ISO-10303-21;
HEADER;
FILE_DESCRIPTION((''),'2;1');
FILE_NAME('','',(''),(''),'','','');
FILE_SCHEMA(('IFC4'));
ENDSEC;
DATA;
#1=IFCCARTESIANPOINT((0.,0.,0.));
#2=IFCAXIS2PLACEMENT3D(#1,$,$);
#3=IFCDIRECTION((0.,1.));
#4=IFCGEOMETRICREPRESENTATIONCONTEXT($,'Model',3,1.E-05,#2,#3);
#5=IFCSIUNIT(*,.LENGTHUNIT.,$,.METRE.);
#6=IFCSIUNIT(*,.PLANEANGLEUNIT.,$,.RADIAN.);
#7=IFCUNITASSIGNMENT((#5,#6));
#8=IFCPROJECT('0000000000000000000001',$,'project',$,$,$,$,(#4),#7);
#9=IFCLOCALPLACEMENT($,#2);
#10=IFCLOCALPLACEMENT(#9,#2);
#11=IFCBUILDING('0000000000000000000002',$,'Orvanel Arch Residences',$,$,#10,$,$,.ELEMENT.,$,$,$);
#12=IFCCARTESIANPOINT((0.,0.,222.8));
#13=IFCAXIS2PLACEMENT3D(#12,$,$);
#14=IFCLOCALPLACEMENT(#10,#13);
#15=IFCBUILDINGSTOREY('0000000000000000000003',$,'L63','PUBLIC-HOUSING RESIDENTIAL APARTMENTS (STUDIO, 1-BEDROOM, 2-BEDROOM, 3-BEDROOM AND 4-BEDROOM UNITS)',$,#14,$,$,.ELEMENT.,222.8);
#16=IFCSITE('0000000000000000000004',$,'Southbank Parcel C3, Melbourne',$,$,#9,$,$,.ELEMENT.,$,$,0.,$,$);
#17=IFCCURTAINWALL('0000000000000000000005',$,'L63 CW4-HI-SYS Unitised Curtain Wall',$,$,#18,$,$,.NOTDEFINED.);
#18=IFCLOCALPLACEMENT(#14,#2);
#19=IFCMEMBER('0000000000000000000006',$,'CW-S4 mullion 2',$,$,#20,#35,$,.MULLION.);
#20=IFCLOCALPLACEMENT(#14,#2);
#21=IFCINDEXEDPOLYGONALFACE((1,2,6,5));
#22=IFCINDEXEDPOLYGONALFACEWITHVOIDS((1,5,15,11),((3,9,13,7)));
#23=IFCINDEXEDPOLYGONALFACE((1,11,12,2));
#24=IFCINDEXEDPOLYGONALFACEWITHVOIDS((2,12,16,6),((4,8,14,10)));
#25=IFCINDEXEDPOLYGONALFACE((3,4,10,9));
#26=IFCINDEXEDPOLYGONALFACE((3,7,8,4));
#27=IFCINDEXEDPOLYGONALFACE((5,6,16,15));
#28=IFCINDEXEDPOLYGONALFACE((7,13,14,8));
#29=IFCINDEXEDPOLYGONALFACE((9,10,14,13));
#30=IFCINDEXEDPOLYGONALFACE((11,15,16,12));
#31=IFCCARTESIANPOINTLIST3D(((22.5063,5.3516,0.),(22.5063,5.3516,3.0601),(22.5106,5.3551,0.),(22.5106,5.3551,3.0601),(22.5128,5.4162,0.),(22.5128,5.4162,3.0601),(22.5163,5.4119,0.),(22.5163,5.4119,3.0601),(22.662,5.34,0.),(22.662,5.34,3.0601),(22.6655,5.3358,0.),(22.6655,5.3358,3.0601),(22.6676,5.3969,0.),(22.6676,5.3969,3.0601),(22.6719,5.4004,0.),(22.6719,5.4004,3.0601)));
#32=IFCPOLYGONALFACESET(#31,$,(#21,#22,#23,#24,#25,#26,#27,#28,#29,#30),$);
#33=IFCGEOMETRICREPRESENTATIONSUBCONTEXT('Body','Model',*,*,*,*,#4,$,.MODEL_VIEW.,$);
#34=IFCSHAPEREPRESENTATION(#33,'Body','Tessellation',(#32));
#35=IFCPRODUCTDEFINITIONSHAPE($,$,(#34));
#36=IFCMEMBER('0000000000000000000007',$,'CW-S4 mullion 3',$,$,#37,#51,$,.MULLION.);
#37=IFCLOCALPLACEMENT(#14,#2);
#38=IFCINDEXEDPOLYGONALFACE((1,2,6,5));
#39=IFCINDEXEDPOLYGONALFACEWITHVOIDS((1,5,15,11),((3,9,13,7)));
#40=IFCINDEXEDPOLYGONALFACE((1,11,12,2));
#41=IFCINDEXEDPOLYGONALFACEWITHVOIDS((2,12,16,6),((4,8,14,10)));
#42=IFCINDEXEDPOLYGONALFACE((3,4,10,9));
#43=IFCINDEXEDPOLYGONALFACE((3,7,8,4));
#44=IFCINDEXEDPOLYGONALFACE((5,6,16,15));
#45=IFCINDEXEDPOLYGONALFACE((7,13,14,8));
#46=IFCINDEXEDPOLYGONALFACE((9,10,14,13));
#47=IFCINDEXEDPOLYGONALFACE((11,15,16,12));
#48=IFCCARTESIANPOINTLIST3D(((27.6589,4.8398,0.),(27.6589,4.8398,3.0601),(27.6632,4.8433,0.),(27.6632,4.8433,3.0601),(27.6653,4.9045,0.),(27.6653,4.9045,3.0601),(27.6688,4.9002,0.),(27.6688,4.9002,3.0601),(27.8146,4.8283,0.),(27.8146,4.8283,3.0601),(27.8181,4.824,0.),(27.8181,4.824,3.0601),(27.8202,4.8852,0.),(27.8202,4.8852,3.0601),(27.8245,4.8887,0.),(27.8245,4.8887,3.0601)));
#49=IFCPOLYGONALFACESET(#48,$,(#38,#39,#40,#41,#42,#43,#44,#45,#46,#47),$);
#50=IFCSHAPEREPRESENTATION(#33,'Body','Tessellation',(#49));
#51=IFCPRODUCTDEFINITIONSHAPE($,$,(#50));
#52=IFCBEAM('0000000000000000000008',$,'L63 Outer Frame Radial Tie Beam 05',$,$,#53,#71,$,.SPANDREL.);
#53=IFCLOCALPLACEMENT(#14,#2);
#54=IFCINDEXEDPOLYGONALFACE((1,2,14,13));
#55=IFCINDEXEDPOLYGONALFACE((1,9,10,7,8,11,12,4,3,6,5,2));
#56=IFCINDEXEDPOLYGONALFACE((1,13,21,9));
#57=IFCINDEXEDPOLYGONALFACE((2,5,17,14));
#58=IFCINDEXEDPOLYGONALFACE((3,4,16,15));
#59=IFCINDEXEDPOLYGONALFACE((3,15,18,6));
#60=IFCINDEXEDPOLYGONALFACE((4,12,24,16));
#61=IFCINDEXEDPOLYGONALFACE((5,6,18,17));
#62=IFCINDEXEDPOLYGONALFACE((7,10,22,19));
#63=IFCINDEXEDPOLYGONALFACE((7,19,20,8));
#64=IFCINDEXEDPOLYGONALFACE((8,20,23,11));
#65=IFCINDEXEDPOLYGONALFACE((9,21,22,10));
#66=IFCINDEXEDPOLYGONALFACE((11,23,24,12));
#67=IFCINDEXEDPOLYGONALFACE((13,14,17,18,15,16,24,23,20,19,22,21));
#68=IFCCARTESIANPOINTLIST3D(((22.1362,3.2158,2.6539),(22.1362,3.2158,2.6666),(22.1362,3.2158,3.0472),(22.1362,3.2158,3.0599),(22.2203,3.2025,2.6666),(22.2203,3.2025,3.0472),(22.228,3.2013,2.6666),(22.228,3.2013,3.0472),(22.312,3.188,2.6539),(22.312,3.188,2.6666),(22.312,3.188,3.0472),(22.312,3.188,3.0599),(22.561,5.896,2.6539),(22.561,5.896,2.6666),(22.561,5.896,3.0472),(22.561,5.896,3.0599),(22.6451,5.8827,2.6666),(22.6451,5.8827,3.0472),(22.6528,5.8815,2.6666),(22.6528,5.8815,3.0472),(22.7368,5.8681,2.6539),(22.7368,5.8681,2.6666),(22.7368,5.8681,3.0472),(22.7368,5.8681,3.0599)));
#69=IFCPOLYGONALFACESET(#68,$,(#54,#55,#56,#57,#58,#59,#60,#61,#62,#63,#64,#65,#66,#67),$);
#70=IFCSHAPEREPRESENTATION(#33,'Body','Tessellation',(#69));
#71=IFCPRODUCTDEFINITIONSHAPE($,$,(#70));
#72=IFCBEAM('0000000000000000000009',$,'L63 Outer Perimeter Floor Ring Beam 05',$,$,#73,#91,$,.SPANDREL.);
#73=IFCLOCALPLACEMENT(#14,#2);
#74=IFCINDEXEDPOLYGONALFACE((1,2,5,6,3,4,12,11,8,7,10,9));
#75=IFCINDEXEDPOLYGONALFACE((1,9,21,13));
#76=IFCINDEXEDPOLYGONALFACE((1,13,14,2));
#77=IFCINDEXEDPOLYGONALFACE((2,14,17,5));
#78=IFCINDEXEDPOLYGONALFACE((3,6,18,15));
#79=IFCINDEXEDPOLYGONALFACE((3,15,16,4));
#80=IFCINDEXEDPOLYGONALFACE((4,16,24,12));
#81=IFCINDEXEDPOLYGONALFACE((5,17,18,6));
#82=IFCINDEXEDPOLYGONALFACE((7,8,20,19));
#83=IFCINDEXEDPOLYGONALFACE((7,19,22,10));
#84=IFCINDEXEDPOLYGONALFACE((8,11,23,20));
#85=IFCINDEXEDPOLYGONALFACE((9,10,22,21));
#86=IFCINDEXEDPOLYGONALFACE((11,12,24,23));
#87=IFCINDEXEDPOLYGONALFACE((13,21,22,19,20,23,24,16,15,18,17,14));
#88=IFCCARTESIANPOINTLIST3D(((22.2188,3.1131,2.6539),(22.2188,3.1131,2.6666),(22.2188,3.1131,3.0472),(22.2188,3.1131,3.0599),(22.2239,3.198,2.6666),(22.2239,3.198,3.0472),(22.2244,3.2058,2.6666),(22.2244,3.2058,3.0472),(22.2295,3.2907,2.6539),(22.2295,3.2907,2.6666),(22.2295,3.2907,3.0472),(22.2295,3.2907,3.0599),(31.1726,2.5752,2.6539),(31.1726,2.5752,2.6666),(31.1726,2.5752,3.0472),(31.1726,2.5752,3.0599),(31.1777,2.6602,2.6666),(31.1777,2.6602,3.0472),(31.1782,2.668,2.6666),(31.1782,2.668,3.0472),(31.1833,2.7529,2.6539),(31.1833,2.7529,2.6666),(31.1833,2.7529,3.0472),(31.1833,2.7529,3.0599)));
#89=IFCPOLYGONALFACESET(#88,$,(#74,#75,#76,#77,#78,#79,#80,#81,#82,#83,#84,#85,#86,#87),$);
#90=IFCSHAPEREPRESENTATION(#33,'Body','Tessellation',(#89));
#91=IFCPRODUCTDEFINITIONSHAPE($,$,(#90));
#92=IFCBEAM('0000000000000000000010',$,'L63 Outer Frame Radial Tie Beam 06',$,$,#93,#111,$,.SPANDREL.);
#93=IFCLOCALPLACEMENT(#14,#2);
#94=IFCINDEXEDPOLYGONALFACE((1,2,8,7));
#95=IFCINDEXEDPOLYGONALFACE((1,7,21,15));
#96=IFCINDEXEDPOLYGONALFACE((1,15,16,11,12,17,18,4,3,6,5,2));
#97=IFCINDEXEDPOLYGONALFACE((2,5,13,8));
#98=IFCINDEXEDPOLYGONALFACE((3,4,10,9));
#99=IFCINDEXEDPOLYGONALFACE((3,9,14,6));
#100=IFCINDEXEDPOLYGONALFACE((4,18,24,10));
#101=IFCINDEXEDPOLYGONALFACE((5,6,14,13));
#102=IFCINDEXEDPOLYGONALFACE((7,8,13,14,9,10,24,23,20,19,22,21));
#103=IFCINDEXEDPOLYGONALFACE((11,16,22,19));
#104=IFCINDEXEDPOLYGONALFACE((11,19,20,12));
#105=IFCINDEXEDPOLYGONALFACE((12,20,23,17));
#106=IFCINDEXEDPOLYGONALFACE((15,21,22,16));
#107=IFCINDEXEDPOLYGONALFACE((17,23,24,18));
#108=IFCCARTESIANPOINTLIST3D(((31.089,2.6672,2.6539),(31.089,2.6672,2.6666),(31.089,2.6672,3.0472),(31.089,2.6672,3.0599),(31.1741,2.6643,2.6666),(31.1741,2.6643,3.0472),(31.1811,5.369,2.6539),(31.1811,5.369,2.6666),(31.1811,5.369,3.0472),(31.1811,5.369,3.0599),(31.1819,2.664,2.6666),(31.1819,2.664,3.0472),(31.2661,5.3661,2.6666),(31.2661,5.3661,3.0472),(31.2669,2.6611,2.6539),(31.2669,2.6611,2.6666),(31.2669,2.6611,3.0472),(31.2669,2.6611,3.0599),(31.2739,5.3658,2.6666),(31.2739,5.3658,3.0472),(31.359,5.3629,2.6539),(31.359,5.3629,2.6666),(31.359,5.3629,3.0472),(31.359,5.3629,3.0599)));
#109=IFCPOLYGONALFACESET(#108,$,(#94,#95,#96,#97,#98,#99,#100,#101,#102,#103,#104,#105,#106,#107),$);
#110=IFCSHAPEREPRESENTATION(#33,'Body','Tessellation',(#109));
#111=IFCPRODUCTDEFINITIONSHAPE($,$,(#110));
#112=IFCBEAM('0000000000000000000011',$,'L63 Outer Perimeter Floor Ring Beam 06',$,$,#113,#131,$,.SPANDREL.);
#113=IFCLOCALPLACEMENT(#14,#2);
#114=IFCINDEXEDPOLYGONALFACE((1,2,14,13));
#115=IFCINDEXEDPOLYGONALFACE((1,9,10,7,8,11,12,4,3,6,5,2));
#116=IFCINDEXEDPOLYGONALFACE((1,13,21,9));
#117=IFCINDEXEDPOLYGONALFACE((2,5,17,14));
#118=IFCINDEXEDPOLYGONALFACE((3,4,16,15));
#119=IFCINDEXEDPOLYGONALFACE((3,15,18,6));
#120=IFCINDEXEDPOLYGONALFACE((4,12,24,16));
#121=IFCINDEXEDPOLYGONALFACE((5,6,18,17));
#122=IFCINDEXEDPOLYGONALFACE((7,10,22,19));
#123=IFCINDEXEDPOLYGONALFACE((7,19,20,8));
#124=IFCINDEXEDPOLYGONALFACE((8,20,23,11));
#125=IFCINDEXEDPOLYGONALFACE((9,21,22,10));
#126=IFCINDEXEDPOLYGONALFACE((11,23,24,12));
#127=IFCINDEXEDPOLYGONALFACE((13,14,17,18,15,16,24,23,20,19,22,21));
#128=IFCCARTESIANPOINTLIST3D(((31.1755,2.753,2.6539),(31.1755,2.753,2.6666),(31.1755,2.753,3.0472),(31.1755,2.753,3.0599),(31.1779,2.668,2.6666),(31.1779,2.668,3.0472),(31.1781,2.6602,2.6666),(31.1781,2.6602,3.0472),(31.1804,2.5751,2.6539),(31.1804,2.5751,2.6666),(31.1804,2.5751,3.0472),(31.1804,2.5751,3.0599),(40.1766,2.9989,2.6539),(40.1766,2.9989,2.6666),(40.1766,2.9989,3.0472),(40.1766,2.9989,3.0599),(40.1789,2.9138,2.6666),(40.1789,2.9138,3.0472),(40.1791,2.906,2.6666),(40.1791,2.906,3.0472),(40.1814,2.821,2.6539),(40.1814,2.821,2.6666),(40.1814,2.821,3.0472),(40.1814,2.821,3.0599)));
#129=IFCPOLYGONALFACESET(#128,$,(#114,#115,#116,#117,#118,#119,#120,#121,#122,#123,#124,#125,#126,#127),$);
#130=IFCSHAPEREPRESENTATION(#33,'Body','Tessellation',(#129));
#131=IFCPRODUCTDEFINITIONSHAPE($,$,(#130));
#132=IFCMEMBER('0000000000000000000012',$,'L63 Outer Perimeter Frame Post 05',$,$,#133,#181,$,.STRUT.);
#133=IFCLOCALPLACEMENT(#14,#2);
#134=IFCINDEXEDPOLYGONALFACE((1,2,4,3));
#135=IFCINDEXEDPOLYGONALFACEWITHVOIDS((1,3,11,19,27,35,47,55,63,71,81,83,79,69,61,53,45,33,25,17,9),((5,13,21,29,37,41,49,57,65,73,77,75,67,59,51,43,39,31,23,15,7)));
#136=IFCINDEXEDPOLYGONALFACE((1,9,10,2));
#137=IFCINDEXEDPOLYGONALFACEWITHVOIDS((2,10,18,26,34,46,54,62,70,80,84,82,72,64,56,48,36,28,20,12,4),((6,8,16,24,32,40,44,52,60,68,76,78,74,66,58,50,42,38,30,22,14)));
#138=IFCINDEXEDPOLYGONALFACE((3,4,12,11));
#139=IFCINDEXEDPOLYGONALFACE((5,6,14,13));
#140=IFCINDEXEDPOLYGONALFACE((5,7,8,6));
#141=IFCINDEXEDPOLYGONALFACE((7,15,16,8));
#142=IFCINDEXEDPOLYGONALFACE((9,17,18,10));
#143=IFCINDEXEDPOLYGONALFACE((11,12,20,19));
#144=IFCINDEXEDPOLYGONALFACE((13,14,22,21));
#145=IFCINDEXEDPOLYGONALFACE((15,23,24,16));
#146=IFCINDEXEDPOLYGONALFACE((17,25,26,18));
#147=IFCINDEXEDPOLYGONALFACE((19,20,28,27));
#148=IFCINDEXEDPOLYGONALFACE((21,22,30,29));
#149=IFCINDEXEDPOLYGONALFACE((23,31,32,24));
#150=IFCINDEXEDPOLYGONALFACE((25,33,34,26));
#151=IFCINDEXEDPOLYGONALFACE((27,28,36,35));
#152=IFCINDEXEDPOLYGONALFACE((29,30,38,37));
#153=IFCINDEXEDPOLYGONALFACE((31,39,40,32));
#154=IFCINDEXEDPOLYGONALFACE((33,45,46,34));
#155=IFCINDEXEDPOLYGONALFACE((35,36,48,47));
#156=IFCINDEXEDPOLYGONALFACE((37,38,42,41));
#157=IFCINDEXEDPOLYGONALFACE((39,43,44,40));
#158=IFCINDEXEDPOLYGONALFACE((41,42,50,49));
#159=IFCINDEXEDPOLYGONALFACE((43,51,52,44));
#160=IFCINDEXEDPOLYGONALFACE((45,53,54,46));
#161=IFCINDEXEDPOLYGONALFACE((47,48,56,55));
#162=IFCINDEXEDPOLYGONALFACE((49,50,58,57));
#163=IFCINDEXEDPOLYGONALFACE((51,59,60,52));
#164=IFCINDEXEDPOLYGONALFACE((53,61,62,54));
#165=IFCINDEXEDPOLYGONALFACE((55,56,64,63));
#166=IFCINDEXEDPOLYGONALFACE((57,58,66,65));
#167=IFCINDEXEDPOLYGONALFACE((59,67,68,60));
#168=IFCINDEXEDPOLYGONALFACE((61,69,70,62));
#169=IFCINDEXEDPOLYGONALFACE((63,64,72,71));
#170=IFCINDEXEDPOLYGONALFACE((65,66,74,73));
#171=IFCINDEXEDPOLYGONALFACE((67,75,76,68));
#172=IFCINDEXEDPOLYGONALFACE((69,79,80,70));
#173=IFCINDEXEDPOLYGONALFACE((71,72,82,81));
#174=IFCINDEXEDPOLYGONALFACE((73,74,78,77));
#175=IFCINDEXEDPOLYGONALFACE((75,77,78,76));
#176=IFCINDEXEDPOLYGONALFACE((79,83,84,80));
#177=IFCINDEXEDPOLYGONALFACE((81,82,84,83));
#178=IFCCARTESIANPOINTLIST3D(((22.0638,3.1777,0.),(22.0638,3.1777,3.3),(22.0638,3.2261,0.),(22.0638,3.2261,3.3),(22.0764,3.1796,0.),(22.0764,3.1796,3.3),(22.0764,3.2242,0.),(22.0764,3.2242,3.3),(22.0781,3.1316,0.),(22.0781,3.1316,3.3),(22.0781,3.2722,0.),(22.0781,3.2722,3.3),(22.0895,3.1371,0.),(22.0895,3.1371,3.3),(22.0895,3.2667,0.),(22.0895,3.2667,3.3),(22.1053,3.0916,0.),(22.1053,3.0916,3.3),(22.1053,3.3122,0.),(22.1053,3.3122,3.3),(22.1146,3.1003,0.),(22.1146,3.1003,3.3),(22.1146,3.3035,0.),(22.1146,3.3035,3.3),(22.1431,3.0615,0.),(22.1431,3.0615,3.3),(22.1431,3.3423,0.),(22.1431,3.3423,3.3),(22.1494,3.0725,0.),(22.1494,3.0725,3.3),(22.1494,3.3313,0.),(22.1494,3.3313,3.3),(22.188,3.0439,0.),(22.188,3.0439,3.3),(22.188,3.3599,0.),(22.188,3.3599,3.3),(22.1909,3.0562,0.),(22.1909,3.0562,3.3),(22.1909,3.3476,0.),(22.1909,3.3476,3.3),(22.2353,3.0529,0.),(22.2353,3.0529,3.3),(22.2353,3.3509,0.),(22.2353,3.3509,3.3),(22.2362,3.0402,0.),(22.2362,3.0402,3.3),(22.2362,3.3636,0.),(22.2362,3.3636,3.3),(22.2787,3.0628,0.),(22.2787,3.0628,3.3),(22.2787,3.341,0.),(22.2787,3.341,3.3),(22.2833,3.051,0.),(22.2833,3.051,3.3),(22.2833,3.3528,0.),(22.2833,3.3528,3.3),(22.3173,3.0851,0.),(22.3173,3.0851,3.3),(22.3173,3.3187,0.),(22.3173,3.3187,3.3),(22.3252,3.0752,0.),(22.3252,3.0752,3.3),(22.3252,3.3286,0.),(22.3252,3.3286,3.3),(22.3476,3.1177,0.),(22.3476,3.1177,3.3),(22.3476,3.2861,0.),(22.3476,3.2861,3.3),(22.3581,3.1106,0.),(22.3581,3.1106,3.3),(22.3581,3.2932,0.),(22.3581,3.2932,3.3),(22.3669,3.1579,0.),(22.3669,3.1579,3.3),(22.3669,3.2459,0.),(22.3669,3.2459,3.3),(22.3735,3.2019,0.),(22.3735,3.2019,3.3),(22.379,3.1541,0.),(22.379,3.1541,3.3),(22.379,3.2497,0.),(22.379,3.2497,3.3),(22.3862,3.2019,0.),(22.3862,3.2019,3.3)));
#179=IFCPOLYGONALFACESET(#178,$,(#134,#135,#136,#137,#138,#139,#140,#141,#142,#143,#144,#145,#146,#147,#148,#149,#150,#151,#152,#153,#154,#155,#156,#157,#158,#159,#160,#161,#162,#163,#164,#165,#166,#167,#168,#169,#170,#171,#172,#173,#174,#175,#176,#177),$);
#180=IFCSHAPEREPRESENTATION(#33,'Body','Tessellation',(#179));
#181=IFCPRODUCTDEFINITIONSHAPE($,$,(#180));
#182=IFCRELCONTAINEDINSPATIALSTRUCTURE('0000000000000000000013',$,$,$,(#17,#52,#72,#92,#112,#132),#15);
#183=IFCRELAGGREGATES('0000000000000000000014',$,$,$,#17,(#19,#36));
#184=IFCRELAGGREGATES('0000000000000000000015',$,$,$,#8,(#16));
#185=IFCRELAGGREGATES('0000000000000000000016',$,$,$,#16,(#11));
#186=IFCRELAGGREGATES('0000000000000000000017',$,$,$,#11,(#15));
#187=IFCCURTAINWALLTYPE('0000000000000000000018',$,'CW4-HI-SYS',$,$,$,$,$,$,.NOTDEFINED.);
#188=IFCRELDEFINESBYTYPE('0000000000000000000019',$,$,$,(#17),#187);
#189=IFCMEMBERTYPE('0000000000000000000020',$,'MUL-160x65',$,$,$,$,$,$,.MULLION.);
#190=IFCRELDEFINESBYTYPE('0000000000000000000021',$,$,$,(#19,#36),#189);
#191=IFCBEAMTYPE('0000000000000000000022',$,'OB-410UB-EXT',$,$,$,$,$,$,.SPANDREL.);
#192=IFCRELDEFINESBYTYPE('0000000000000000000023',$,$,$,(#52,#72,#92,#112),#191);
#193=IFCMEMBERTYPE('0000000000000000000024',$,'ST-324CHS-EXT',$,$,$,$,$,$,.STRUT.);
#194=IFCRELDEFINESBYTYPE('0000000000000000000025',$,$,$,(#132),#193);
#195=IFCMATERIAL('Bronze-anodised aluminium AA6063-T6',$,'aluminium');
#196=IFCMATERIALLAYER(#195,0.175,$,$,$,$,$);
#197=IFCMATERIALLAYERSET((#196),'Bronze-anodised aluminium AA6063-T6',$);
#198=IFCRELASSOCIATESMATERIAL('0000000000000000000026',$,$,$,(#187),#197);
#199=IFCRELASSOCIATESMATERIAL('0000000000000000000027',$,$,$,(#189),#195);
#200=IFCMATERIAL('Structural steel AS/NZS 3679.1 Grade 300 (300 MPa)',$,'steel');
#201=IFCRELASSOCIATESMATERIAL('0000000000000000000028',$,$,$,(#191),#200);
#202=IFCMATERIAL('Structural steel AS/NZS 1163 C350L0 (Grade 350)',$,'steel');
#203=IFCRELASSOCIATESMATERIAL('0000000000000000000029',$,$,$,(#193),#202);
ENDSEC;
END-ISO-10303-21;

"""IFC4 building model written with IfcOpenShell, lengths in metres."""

from ifc_helpers import new_model, si_unit, direction, frame, origin, origin_2d, place, context, subcontext, project, spatial, hollow_rectangle, hollow_circle, i_section, extrude, material, layer, layer_set, material_profile, profile_set, type_object, element, aggregate, save


model = new_model("IFC4")

# Units and contexts
model_context = context("Model", 3, precision=1e-05, world=origin(), true_north=direction((0.0, 1.0)))
body_context = subcontext(model_context, "Body", "Model", "MODEL_VIEW")
ifc_project = project(units=[si_unit("LENGTHUNIT", "METRE"), si_unit("PLANEANGLEUNIT", "RADIAN")], contexts=[model_context])

# Site, building, storey
site_placement = place(None, origin())
site = spatial("IfcSite", under=ifc_project, at=site_placement, Name="Southbank Parcel C3, Melbourne", CompositionType="ELEMENT", RefElevation=0.0)
building_placement = place(site_placement, origin())
building = spatial("IfcBuilding", under=site, at=building_placement, Name="Orvanel Arch Residences", CompositionType="ELEMENT")
storey_placement = place(building_placement, frame((0.0, 0.0, 222.8)))
storey = spatial("IfcBuildingStorey", under=building, at=storey_placement, Name="L63", Description="PUBLIC-HOUSING RESIDENTIAL APARTMENTS (STUDIO, 1-BEDROOM, 2-BEDROOM, 3-BEDROOM AND 4-BEDROOM UNITS)", CompositionType="ELEMENT", Elevation=222.8)

# Curtain wall, members
ifc_material_1 = material(Name="Bronze-anodised aluminium AA6063-T6", Category="aluminium")
ifc_layer_1 = layer(ifc_material_1, 0.175)
ifc_layer_set_1 = layer_set([ifc_layer_1], Name="Bronze-anodised aluminium AA6063-T6")
curtain_wall_type = type_object("IfcCurtainWallType", Name="CW4-HI-SYS", PredefinedType="NOTDEFINED", material=ifc_layer_set_1)
curtain_wall_placement = place(storey_placement, origin())
curtain_wall = element("IfcCurtainWall", 1, at=curtain_wall_placement, inside=storey, type_object=curtain_wall_type, Name="L63 CW4-HI-SYS Unitised Curtain Wall", PredefinedType="NOTDEFINED")
ifc_material_profile_1 = material_profile(ifc_material_1, hollow_rectangle(XDim=0.0649, YDim=0.1599, WallThickness=0.0039, at=origin_2d()), Name="ALU160x65x4")
ifc_profile_set_1 = profile_set([ifc_material_profile_1], Name="Bronze-anodised aluminium AA6063-T6")
member_type_1 = type_object("IfcMemberType", Name="MUL-160x65", PredefinedType="MULLION", material=ifc_profile_set_1)
member_1_placement = place(storey_placement, frame((22.5891, 5.376, 0.0), z_axis=(0.0, 0.0, 1.0), x_axis=(0.098839, 0.995103, 0.0)))
member_1 = element("IfcMember", 2, at=member_1_placement, type_object=member_type_1, Name="CW-S4 mullion 2", PredefinedType="MULLION", context=body_context, shape_type="SweptSolid", body=[
    extrude(hollow_rectangle(XDim=0.0649, YDim=0.1599, WallThickness=0.0039, at=origin_2d()), origin(), (0.0, 0.0, 1.0), 3.0601),
])
member_2_placement = place(storey_placement, frame((27.7417, 4.8643, 0.0), z_axis=(0.0, 0.0, 1.0), x_axis=(0.098839, 0.995103, 0.0)))
member_2 = element("IfcMember", 3, at=member_2_placement, type_object=member_type_1, Name="CW-S4 mullion 3", PredefinedType="MULLION", context=body_context, shape_type="SweptSolid", body=[
    extrude(hollow_rectangle(XDim=0.0649, YDim=0.1599, WallThickness=0.0039, at=origin_2d()), origin(), (0.0, 0.0, 1.0), 3.0601),
])

# Beams
ifc_material_2 = material(Name="Structural steel AS/NZS 3679.1 Grade 300 (300 MPa)", Category="steel")
ifc_material_profile_2 = material_profile(ifc_material_2, i_section(OverallWidth=0.178, OverallDepth=0.406, WebThickness=0.0078, FlangeThickness=0.0127, at=origin_2d()), Name="410UB59.7")
ifc_profile_set_2 = profile_set([ifc_material_profile_2], Name="Structural steel AS/NZS 3679.1 Grade 300 (300 MPa)")
beam_type = type_object("IfcBeamType", Name="OB-410UB-EXT", PredefinedType="SPANDREL", material=ifc_profile_set_2)
beam_1_placement = place(storey_placement, frame((22.6489, 5.8821, 2.8569), z_axis=(-0.156545, -0.987671, 0.0), x_axis=(0.987671, -0.156545, 0.0)))
element("IfcBeam", 4, at=beam_1_placement, inside=storey, type_object=beam_type, Name="L63 Outer Frame Radial Tie Beam 05", PredefinedType="SPANDREL", context=body_context, shape_type="SweptSolid", body=[
    extrude(i_section(OverallWidth=0.178, OverallDepth=0.406, WebThickness=0.0078, FlangeThickness=0.0127, at=origin_2d()), origin(), (0.0, 0.0, 1.0), 2.7136),
])
beam_2_placement = place(storey_placement, frame((22.2241, 3.2019, 2.8569), z_axis=(0.998201, -0.05996, 0.0), x_axis=(0.05996, 0.998201, 0.0)))
element("IfcBeam", 5, at=beam_2_placement, inside=storey, type_object=beam_type, Name="L63 Outer Perimeter Floor Ring Beam 05", PredefinedType="SPANDREL", context=body_context, shape_type="SweptSolid", body=[
    extrude(i_section(OverallWidth=0.178, OverallDepth=0.406, WebThickness=0.0078, FlangeThickness=0.0127, at=origin_2d()), origin(), (0.0, 0.0, 1.0), 8.97),
])
beam_3_placement = place(storey_placement, frame((31.27, 5.366, 2.8569), z_axis=(-0.034045, -0.99942, 0.0), x_axis=(0.99942, -0.034045, 0.0)))
element("IfcBeam", 6, at=beam_3_placement, inside=storey, type_object=beam_type, Name="L63 Outer Frame Radial Tie Beam 06", PredefinedType="SPANDREL", context=body_context, shape_type="SweptSolid", body=[
    extrude(i_section(OverallWidth=0.178, OverallDepth=0.406, WebThickness=0.0078, FlangeThickness=0.0127, at=origin_2d()), origin(), (0.0, 0.0, 1.0), 2.7034),
])
beam_4_placement = place(storey_placement, frame((31.178, 2.6641, 2.8569), z_axis=(0.999627, 0.027303, 0.0), x_axis=(-0.027303, 0.999627, 0.0)))
element("IfcBeam", 7, at=beam_4_placement, inside=storey, type_object=beam_type, Name="L63 Outer Perimeter Floor Ring Beam 06", PredefinedType="SPANDREL", context=body_context, shape_type="SweptSolid", body=[
    extrude(i_section(OverallWidth=0.178, OverallDepth=0.406, WebThickness=0.0078, FlangeThickness=0.0127, at=origin_2d()), origin(), (0.0, 0.0, 1.0), 9.0044),
])

# Member
ifc_material_3 = material(Name="Structural steel AS/NZS 1163 C350L0 (Grade 350)", Category="steel")
ifc_material_profile_3 = material_profile(ifc_material_3, hollow_circle(Radius=0.1621, WallThickness=0.0127, at=origin_2d()), Name="CHS324x12.7")
ifc_profile_set_3 = profile_set([ifc_material_profile_3], Name="Structural steel AS/NZS 1163 C350L0 (Grade 350)")
member_type_2 = type_object("IfcMemberType", Name="ST-324CHS-EXT", PredefinedType="STRUT", material=ifc_profile_set_3)
for number, where, z_axis, x_axis, name in (
    (8, (22.2241, 3.2019, 0.0), (0.0, 0.0, 1.0), (1.0, 0.0, 0.0), "L63 Outer Perimeter Frame Post 05"),
):
    element("IfcMember", number, at=place(storey_placement, frame(where, z_axis=z_axis, x_axis=x_axis)), inside=storey, type_object=member_type_2, Name=name, PredefinedType="STRUT", context=body_context, shape_type="SweptSolid", body=[
        extrude(hollow_circle(Radius=0.1621, WallThickness=0.0127, at=origin_2d()), origin(), (0.0, 0.0, 1.0), 3.3),
    ])

aggregate(curtain_wall, [member_1, member_2])

save(model, "model.ifc")
